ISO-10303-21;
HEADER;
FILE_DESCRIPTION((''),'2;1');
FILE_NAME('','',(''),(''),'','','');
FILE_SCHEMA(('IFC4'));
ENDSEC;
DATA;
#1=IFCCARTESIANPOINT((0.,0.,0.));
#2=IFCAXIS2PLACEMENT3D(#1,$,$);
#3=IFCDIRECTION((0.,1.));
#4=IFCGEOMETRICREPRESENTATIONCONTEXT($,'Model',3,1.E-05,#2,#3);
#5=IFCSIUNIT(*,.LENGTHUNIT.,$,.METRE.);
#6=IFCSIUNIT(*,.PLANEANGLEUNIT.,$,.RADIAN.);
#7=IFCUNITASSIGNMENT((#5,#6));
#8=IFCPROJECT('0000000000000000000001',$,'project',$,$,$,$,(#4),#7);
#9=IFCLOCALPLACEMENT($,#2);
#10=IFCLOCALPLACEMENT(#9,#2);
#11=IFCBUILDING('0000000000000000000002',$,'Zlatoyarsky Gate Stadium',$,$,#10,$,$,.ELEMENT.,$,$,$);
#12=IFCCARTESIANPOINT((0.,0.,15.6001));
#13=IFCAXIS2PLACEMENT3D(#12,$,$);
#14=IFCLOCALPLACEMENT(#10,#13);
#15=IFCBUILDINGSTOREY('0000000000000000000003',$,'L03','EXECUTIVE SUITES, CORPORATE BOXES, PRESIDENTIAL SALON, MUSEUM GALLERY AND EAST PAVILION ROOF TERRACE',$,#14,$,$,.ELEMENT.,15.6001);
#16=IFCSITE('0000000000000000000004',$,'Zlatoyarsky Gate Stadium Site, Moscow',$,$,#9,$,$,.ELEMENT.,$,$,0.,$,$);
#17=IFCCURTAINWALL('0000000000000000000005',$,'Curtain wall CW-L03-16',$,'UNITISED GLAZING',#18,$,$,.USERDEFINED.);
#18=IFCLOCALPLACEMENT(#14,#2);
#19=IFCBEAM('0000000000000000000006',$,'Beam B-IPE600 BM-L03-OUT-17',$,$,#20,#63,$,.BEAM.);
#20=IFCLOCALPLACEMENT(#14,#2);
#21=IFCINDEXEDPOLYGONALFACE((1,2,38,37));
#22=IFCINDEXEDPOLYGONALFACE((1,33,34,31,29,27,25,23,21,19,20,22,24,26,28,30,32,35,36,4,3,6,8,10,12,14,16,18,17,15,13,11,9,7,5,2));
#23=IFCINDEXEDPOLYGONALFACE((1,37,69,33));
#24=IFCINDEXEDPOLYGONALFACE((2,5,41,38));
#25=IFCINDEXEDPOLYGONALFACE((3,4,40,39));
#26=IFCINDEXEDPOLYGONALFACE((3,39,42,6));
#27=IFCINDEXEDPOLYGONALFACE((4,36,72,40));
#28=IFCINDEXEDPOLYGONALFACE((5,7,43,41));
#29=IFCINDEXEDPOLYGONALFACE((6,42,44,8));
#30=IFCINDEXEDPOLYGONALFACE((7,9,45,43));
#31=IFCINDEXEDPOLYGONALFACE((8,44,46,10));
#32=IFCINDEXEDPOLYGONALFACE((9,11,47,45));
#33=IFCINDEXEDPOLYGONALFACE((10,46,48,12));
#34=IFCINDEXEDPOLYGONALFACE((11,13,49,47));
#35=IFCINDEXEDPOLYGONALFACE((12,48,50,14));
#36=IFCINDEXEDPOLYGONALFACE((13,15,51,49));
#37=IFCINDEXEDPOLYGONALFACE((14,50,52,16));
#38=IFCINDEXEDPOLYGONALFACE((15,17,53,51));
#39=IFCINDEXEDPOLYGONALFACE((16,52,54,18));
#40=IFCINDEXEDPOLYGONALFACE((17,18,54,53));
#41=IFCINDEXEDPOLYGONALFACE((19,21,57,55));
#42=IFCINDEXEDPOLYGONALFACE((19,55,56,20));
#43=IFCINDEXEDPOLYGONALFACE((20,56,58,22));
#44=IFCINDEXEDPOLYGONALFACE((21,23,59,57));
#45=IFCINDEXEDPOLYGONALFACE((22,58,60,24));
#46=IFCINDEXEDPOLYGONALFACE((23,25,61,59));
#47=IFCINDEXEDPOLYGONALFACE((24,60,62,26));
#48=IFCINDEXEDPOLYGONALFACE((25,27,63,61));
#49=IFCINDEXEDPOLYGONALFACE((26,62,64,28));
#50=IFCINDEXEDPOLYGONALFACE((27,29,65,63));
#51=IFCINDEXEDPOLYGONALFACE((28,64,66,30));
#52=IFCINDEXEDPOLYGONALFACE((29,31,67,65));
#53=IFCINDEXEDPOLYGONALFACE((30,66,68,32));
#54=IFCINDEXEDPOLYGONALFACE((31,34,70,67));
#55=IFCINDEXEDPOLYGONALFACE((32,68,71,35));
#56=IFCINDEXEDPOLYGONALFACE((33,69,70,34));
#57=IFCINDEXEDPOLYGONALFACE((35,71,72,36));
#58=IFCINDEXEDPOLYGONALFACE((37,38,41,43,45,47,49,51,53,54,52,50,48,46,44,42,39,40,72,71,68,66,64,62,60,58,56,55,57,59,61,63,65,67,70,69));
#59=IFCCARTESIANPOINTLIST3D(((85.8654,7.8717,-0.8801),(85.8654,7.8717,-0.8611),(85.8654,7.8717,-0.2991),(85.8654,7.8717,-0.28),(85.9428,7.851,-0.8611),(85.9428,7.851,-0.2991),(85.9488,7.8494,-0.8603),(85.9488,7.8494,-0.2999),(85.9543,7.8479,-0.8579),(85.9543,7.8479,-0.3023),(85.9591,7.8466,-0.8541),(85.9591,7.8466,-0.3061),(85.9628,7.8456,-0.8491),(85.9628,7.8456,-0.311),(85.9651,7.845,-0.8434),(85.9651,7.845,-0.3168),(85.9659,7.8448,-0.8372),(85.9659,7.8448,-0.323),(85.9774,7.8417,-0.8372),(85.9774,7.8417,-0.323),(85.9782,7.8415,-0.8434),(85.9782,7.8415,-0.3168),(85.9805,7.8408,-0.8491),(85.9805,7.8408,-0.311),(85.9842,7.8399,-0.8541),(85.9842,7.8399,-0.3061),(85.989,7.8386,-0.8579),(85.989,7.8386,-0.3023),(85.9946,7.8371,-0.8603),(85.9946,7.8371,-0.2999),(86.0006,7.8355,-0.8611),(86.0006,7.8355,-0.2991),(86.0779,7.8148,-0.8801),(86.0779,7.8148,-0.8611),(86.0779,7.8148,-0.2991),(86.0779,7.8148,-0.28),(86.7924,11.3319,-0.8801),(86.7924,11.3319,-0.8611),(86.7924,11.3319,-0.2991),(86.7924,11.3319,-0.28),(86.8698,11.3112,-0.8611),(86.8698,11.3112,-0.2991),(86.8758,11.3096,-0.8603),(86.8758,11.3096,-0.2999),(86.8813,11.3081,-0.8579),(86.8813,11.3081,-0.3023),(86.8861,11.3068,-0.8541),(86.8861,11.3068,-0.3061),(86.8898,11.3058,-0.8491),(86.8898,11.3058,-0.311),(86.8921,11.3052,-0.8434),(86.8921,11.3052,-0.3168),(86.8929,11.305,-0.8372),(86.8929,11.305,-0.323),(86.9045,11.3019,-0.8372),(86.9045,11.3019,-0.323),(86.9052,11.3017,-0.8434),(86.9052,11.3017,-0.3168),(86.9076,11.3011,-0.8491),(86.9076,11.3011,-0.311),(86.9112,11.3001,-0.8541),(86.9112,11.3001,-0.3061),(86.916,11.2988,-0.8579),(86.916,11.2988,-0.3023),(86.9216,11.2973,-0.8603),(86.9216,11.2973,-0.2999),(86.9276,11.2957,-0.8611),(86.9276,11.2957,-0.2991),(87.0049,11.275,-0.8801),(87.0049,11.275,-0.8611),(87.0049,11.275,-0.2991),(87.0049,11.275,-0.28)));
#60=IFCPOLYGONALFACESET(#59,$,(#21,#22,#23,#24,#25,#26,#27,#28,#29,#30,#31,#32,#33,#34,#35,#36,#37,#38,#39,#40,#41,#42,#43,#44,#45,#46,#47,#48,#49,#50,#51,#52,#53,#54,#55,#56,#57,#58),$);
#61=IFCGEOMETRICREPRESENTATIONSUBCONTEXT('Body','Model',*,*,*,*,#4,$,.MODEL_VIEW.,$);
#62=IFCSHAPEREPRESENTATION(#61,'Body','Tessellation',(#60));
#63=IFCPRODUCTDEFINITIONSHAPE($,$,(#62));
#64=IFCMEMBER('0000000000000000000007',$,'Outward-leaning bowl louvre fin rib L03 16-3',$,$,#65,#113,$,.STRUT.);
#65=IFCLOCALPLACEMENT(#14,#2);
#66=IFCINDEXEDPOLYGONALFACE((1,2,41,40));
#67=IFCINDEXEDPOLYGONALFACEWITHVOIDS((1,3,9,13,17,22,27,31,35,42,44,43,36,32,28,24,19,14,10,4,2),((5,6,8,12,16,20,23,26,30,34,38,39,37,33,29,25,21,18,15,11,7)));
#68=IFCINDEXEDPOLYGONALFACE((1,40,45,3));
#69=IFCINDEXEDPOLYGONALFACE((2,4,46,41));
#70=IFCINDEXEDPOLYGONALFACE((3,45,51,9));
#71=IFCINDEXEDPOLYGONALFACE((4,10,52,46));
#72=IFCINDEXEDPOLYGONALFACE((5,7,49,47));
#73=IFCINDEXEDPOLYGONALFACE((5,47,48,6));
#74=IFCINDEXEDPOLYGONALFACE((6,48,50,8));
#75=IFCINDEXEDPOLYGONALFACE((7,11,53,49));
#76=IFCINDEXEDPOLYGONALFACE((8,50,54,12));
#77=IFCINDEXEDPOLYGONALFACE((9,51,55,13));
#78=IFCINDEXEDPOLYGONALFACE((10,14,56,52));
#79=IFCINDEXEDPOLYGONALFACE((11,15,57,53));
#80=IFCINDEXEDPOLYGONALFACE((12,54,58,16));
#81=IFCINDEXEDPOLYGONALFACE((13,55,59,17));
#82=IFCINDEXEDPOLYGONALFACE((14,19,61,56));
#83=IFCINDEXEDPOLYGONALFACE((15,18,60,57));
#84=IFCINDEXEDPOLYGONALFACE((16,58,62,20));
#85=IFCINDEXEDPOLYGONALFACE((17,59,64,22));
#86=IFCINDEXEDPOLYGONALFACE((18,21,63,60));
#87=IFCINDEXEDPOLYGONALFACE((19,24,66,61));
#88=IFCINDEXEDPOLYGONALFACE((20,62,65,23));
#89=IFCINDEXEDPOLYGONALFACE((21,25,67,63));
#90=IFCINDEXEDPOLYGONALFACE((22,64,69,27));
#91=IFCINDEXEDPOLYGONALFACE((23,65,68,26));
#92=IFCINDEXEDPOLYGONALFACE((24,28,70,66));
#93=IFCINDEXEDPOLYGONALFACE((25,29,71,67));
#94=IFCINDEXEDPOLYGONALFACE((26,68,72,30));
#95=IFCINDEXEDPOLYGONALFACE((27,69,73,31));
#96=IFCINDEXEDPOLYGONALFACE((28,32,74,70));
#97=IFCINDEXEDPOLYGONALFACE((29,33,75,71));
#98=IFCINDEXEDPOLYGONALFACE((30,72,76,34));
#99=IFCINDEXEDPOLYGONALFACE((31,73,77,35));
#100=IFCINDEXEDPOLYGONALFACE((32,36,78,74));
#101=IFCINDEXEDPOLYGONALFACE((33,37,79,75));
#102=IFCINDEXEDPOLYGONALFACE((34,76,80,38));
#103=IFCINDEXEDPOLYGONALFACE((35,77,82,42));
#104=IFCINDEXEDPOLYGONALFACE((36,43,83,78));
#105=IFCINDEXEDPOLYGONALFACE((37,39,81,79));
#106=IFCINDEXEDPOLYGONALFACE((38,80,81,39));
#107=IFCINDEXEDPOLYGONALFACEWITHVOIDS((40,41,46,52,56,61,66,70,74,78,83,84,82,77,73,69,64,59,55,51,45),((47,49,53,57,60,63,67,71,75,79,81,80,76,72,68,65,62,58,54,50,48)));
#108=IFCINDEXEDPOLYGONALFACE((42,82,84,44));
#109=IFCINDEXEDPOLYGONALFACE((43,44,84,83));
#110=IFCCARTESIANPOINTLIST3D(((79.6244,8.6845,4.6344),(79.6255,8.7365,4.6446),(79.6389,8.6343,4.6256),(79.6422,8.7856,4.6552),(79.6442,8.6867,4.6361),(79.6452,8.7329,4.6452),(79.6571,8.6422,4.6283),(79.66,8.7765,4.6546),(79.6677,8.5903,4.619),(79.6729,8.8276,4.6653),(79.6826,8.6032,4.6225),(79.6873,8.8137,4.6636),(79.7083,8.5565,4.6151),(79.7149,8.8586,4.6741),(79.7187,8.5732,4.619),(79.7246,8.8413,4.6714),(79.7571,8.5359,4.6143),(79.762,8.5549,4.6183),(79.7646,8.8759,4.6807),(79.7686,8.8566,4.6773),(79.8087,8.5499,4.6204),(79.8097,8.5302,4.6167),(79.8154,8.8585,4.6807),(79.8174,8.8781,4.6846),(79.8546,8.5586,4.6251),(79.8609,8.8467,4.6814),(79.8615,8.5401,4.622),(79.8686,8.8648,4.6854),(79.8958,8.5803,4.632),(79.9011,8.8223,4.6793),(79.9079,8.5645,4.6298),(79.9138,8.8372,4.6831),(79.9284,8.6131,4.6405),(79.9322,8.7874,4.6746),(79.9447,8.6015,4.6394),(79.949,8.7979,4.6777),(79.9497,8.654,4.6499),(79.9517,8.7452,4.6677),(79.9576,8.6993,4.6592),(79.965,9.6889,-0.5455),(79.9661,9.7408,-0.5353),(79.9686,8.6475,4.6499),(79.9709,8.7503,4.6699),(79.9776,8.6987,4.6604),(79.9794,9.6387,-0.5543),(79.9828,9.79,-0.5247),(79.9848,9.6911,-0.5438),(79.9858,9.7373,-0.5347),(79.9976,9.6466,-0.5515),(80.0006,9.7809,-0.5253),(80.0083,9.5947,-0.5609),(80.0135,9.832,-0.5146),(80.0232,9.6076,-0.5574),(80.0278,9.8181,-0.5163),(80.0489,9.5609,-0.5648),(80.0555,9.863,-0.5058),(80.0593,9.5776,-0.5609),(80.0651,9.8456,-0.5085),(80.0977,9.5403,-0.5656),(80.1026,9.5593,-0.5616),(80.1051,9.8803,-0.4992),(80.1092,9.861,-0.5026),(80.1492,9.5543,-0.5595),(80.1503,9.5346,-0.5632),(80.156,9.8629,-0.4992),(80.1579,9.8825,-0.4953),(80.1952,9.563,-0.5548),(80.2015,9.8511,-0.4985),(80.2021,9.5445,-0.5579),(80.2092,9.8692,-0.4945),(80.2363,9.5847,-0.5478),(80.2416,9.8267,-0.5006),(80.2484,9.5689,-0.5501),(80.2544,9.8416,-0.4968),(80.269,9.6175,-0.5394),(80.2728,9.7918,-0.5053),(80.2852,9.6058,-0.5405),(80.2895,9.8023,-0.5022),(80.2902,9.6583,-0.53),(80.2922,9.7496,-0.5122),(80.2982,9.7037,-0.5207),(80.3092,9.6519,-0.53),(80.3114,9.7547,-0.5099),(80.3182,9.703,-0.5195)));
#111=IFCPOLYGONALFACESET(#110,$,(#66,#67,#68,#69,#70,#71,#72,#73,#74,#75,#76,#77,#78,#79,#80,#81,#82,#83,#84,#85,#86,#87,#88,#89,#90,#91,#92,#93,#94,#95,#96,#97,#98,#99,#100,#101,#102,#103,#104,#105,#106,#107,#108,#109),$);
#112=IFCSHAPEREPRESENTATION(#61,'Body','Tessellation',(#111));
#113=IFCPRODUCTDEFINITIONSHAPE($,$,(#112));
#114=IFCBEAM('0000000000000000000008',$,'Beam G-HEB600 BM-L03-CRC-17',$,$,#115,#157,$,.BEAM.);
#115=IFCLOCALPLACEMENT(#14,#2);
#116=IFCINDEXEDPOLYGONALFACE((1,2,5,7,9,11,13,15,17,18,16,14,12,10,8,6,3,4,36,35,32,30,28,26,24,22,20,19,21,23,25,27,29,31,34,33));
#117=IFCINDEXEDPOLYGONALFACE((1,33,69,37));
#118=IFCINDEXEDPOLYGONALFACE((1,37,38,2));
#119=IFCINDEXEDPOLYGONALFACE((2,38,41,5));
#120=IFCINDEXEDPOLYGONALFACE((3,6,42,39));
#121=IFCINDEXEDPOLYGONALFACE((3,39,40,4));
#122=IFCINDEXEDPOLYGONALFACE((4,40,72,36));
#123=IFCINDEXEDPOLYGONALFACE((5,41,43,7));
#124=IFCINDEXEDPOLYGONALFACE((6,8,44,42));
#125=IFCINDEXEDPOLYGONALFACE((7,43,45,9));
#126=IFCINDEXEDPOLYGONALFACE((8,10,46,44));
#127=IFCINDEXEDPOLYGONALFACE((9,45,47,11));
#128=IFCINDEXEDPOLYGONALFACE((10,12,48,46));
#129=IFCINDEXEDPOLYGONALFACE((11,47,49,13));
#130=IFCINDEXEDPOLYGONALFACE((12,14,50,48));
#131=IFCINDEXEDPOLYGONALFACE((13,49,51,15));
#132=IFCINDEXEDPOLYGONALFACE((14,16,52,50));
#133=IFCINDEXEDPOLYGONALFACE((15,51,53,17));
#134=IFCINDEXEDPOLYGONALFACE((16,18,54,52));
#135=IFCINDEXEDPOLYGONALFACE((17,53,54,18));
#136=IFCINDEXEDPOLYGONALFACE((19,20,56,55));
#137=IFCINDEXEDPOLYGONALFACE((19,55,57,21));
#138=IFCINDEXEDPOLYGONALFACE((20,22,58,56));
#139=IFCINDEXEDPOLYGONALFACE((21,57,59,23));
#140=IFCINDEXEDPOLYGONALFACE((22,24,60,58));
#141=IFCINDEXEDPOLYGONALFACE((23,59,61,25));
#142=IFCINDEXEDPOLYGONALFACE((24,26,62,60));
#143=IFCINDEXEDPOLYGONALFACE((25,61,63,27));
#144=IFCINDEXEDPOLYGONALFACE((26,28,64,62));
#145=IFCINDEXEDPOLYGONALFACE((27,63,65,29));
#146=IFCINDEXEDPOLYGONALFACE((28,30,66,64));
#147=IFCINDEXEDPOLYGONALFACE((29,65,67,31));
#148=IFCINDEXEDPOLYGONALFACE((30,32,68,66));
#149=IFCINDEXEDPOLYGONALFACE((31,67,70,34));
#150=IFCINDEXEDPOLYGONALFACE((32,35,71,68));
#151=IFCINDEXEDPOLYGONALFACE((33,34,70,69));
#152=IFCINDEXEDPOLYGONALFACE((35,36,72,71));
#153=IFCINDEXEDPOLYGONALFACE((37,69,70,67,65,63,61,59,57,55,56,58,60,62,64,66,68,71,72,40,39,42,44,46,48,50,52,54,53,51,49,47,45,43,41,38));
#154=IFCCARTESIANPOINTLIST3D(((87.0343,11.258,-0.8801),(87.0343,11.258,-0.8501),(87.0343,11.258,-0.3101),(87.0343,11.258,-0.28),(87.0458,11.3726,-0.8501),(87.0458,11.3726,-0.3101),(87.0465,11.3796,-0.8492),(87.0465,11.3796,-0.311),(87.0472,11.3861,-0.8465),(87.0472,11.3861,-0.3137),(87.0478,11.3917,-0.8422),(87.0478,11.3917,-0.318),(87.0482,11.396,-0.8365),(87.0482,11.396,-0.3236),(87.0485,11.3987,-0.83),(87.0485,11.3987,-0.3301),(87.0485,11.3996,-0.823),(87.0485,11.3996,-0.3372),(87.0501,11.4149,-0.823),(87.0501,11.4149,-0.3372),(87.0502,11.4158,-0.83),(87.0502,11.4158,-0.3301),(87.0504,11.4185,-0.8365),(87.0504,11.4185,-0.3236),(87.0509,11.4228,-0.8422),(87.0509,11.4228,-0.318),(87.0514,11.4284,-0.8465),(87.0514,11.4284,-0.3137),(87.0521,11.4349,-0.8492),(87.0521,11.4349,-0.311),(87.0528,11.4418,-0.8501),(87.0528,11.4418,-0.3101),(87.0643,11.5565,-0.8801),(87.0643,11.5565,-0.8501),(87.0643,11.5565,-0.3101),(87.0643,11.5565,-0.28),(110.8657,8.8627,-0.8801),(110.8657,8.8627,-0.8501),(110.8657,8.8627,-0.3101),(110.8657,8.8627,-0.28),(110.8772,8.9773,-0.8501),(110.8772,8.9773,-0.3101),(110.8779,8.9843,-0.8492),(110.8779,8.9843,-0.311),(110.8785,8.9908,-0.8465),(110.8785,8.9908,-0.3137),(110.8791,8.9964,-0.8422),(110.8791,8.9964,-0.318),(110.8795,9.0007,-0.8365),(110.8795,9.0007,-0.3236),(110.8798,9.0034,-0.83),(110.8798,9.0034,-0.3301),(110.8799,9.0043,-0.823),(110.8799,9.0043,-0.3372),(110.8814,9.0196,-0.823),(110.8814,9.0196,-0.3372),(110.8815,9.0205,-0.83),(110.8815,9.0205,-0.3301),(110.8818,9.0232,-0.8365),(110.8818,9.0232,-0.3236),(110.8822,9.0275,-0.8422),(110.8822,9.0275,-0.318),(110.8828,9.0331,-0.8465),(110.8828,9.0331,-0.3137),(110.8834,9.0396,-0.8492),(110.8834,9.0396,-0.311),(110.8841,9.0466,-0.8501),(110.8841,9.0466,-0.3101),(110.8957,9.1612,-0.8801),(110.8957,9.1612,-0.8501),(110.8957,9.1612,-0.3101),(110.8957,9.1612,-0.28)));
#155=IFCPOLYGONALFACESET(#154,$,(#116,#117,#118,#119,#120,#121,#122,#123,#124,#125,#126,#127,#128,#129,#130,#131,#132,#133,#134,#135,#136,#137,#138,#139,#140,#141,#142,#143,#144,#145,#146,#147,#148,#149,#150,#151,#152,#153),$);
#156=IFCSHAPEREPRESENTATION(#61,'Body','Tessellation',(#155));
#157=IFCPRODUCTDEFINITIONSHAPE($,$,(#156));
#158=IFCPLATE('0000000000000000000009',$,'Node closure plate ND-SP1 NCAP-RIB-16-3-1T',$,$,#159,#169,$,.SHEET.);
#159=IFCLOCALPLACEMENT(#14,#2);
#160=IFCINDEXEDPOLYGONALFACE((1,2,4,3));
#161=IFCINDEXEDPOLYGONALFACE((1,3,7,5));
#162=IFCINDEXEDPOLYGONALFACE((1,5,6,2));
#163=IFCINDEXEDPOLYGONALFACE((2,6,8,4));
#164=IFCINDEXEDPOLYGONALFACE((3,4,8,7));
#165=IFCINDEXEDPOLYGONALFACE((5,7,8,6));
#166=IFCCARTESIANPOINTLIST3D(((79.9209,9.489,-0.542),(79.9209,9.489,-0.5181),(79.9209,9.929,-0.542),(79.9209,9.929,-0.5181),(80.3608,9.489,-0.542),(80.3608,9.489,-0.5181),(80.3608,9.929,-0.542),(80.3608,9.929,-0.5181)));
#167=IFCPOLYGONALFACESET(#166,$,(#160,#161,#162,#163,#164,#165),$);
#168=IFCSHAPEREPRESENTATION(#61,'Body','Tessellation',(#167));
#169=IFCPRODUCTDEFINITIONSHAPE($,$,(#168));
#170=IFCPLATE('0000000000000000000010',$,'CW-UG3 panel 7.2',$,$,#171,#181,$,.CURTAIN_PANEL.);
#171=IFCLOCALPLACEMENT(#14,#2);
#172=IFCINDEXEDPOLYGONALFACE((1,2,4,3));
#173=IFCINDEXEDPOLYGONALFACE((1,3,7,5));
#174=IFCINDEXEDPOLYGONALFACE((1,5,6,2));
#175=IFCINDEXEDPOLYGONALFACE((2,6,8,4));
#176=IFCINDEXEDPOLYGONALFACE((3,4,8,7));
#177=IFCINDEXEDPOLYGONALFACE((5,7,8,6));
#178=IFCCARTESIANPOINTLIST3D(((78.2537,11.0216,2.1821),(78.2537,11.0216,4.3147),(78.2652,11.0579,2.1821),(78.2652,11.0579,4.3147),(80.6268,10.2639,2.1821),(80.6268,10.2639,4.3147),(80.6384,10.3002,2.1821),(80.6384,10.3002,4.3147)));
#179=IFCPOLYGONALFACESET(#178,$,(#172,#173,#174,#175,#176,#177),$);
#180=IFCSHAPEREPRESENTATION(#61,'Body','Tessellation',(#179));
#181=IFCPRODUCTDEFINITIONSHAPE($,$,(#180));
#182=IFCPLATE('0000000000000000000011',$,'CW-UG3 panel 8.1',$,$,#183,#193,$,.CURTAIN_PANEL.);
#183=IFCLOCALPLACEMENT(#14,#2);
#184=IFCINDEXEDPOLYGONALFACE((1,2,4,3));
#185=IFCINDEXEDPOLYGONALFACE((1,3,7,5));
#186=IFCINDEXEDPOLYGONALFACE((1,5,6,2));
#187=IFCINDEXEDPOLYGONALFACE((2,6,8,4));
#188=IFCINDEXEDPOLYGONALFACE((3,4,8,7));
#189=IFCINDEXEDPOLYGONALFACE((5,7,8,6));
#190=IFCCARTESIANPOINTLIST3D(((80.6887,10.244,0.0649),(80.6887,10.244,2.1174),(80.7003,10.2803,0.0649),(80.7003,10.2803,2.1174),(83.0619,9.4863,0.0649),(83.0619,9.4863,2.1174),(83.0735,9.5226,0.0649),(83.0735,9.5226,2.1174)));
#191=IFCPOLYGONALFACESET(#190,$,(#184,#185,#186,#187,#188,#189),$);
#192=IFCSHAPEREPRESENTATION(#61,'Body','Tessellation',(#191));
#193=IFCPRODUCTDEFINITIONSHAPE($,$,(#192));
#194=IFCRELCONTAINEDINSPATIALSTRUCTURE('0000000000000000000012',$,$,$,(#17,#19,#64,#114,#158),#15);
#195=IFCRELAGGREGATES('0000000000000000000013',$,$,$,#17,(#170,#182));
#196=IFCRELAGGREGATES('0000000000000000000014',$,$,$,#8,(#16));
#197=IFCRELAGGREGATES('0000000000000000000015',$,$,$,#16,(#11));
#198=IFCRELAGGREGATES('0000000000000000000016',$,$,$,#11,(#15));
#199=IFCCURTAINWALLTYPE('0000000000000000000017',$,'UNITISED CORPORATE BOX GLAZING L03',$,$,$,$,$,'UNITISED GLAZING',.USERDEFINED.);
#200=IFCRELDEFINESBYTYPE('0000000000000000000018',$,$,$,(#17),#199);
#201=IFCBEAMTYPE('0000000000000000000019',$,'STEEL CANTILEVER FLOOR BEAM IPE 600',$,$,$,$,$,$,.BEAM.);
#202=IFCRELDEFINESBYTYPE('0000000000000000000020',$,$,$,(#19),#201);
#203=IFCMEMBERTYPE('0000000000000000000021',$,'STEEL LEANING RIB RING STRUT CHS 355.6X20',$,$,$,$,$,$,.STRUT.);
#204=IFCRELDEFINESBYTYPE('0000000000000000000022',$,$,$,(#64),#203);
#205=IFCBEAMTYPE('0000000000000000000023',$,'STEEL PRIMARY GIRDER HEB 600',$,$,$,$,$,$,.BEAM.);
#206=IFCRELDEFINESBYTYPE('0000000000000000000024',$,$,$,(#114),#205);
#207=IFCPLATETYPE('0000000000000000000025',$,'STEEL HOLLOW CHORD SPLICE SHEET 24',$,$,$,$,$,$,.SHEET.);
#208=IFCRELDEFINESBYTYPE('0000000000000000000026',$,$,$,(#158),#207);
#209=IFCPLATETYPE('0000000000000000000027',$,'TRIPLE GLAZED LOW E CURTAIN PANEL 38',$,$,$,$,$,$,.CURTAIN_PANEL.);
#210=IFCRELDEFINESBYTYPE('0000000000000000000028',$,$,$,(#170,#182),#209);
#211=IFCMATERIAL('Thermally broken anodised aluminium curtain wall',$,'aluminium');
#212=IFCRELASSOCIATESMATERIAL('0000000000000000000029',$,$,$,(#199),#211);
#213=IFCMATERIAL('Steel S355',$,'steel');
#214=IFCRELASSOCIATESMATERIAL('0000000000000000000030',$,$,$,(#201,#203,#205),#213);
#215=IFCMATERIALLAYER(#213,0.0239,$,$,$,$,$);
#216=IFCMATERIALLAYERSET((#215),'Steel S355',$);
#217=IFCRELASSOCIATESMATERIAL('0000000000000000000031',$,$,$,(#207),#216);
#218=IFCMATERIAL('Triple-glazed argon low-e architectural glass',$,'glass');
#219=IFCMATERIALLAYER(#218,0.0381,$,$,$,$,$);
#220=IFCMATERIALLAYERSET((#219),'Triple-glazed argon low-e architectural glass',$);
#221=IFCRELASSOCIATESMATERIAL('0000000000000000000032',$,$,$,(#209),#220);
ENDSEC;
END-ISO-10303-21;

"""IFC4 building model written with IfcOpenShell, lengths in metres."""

from ifc_helpers import new_model, si_unit, direction, frame, origin, origin_2d, place, context, subcontext, project, spatial, rectangle, hollow_circle, i_section, extrude, material, layer, layer_set, material_profile, profile_set, type_object, element, aggregate, save


model = new_model("IFC4")

# Units and contexts
model_context = context("Model", 3, precision=1e-05, world=origin(), true_north=direction((0.0, 1.0)))
body_context = subcontext(model_context, "Body", "Model", "MODEL_VIEW")
ifc_project = project(units=[si_unit("LENGTHUNIT", "METRE"), si_unit("PLANEANGLEUNIT", "RADIAN")], contexts=[model_context])

# Site, building, storey
site_placement = place(None, origin())
site = spatial("IfcSite", under=ifc_project, at=site_placement, Name="Zlatoyarsky Gate Stadium Site, Moscow", CompositionType="ELEMENT", RefElevation=0.0)
building_placement = place(site_placement, origin())
building = spatial("IfcBuilding", under=site, at=building_placement, Name="Zlatoyarsky Gate Stadium", CompositionType="ELEMENT")
storey_placement = place(building_placement, frame((0.0, 0.0, 15.6001)))
storey = spatial("IfcBuildingStorey", under=building, at=storey_placement, Name="L03", Description="EXECUTIVE SUITES, CORPORATE BOXES, PRESIDENTIAL SALON, MUSEUM GALLERY AND EAST PAVILION ROOF TERRACE", CompositionType="ELEMENT", Elevation=15.6001)

# Shared definitions
ifc_material_1 = material(Name="Steel S355", Category="steel")

# Curtain wall
ifc_material_2 = material(Name="Thermally broken anodised aluminium curtain wall", Category="aluminium")
curtain_wall_type = type_object("IfcCurtainWallType", Name="UNITISED CORPORATE BOX GLAZING L03", ElementType="UNITISED GLAZING", PredefinedType="USERDEFINED", material=ifc_material_2)
curtain_wall_1_placement = place(storey_placement, origin())
curtain_wall_1 = element("IfcCurtainWall", 1, at=curtain_wall_1_placement, inside=storey, type_object=curtain_wall_type, Name="Curtain wall CW-L03-16", ObjectType="UNITISED GLAZING", PredefinedType="USERDEFINED")

# Beam
ifc_material_profile_1 = material_profile(ifc_material_1, i_section(OverallWidth=0.22, OverallDepth=0.6001, WebThickness=0.012, FlangeThickness=0.019, FilletRadius=0.0239, at=origin_2d()), Name="IPE 600")
ifc_profile_set_1 = profile_set([ifc_material_profile_1], Name="Steel S355")
beam_type_1 = type_object("IfcBeamType", Name="STEEL CANTILEVER FLOOR BEAM IPE 600", PredefinedType="BEAM", material=ifc_profile_set_1)
beam_1_placement = place(storey_placement, frame((86.8987, 11.3035, -0.5801), z_axis=(-0.258778, -0.965937, 0.0), x_axis=(0.965937, -0.258778, 0.0)))
element("IfcBeam", 2, at=beam_1_placement, inside=storey, type_object=beam_type_1, Name="Beam B-IPE600 BM-L03-OUT-17", PredefinedType="BEAM", context=body_context, shape_type="SweptSolid", body=[
    extrude(i_section(OverallWidth=0.22, OverallDepth=0.6001, WebThickness=0.012, FlangeThickness=0.019, FilletRadius=0.0239, at=origin_2d()), origin(), (0.0, 0.0, 1.0), 3.5823),
])

# Member
ifc_material_profile_2 = material_profile(ifc_material_1, hollow_circle(Radius=0.1777, WallThickness=0.02, at=origin_2d()), Name="CHS 355.6X20")
ifc_profile_set_2 = profile_set([ifc_material_profile_2], Name="Steel S355")
member_type_1 = type_object("IfcMemberType", Name="STEEL LEANING RIB RING STRUT CHS 355.6X20", PredefinedType="STRUT", material=ifc_profile_set_2)
member_1_placement = place(storey_placement, frame((80.1409, 9.709, -0.53), z_axis=(-0.064413, -0.18996, 0.979676), x_axis=(0.947036, -0.321127, 0.0)))
element("IfcMember", 3, at=member_1_placement, inside=storey, type_object=member_type_1, Name="Outward-leaning bowl louvre fin rib L03 16-3", PredefinedType="STRUT", context=body_context, shape_type="SweptSolid", body=[
    extrude(hollow_circle(Radius=0.1777, WallThickness=0.02, at=origin_2d()), origin(), (0.0, 0.0, 1.0), 5.2874),
])

# Beam
ifc_material_profile_3 = material_profile(ifc_material_1, i_section(OverallWidth=0.3, OverallDepth=0.6001, WebThickness=0.0154, FlangeThickness=0.03, FilletRadius=0.0271, at=origin_2d()), Name="HEB 600")
ifc_profile_set_3 = profile_set([ifc_material_profile_3], Name="Steel S355")
beam_type_2 = type_object("IfcBeamType", Name="STEEL PRIMARY GIRDER HEB 600", PredefinedType="BEAM", material=ifc_profile_set_3)
beam_2_placement = place(storey_placement, frame((87.0493, 11.4072, -0.5801), z_axis=(0.994987, -0.100005, 0.0), x_axis=(0.100005, 0.994987, 0.0)))
element("IfcBeam", 4, at=beam_2_placement, inside=storey, type_object=beam_type_2, Name="Beam G-HEB600 BM-L03-CRC-17", PredefinedType="BEAM", context=body_context, shape_type="SweptSolid", body=[
    extrude(i_section(OverallWidth=0.3, OverallDepth=0.6001, WebThickness=0.0154, FlangeThickness=0.03, FilletRadius=0.0271, at=origin_2d()), origin(), (0.0, 0.0, 1.0), 23.9514),
])

# Plates
ifc_layer_1 = layer(ifc_material_1, 0.0239)
ifc_layer_set_1 = layer_set([ifc_layer_1], Name="Steel S355")
plate_type_1 = type_object("IfcPlateType", Name="STEEL HOLLOW CHORD SPLICE SHEET 24", PredefinedType="SHEET", material=ifc_layer_set_1)
plate_1_placement = place(storey_placement, frame((80.1409, 9.709, -0.542), z_axis=(0.0, 0.0, 1.0), x_axis=(1.0, 0.0, 0.0)))
element("IfcPlate", 5, at=plate_1_placement, inside=storey, type_object=plate_type_1, Name="Node closure plate ND-SP1 NCAP-RIB-16-3-1T", PredefinedType="SHEET", context=body_context, shape_type="SweptSolid", body=[
    extrude(rectangle(XDim=0.4399, YDim=0.4399, at=origin_2d()), origin(), (0.0, 0.0, 1.0), 0.0239),
])
ifc_material_3 = material(Name="Triple-glazed argon low-e architectural glass", Category="glass")
ifc_layer_2 = layer(ifc_material_3, 0.0381)
ifc_layer_set_2 = layer_set([ifc_layer_2], Name="Triple-glazed argon low-e architectural glass")
plate_type_2 = type_object("IfcPlateType", Name="TRIPLE GLAZED LOW E CURTAIN PANEL 38", PredefinedType="CURTAIN_PANEL", material=ifc_layer_set_2)
plate_2_placement = place(storey_placement, frame((79.446, 10.6609, 2.1821), z_axis=(0.0, 0.0, 1.0), x_axis=(0.95262, -0.304162, 0.0)))
plate_2 = element("IfcPlate", 6, at=plate_2_placement, type_object=plate_type_2, Name="CW-UG3 panel 7.2", PredefinedType="CURTAIN_PANEL", context=body_context, shape_type="SweptSolid", body=[
    extrude(rectangle(XDim=2.4912, YDim=0.0381, at=origin_2d()), origin(), (0.0, 0.0, 1.0), 2.1326),
])
plate_3_placement = place(storey_placement, frame((81.8811, 9.8833, 0.0649), z_axis=(0.0, 0.0, 1.0), x_axis=(0.95262, -0.304162, 0.0)))
plate_3 = element("IfcPlate", 7, at=plate_3_placement, type_object=plate_type_2, Name="CW-UG3 panel 8.1", PredefinedType="CURTAIN_PANEL", context=body_context, shape_type="SweptSolid", body=[
    extrude(rectangle(XDim=2.4912, YDim=0.0381, at=origin_2d()), origin(), (0.0, 0.0, 1.0), 2.0525),
])
aggregate(curtain_wall_1, [plate_2, plate_3])

save(model, "model.ifc")
